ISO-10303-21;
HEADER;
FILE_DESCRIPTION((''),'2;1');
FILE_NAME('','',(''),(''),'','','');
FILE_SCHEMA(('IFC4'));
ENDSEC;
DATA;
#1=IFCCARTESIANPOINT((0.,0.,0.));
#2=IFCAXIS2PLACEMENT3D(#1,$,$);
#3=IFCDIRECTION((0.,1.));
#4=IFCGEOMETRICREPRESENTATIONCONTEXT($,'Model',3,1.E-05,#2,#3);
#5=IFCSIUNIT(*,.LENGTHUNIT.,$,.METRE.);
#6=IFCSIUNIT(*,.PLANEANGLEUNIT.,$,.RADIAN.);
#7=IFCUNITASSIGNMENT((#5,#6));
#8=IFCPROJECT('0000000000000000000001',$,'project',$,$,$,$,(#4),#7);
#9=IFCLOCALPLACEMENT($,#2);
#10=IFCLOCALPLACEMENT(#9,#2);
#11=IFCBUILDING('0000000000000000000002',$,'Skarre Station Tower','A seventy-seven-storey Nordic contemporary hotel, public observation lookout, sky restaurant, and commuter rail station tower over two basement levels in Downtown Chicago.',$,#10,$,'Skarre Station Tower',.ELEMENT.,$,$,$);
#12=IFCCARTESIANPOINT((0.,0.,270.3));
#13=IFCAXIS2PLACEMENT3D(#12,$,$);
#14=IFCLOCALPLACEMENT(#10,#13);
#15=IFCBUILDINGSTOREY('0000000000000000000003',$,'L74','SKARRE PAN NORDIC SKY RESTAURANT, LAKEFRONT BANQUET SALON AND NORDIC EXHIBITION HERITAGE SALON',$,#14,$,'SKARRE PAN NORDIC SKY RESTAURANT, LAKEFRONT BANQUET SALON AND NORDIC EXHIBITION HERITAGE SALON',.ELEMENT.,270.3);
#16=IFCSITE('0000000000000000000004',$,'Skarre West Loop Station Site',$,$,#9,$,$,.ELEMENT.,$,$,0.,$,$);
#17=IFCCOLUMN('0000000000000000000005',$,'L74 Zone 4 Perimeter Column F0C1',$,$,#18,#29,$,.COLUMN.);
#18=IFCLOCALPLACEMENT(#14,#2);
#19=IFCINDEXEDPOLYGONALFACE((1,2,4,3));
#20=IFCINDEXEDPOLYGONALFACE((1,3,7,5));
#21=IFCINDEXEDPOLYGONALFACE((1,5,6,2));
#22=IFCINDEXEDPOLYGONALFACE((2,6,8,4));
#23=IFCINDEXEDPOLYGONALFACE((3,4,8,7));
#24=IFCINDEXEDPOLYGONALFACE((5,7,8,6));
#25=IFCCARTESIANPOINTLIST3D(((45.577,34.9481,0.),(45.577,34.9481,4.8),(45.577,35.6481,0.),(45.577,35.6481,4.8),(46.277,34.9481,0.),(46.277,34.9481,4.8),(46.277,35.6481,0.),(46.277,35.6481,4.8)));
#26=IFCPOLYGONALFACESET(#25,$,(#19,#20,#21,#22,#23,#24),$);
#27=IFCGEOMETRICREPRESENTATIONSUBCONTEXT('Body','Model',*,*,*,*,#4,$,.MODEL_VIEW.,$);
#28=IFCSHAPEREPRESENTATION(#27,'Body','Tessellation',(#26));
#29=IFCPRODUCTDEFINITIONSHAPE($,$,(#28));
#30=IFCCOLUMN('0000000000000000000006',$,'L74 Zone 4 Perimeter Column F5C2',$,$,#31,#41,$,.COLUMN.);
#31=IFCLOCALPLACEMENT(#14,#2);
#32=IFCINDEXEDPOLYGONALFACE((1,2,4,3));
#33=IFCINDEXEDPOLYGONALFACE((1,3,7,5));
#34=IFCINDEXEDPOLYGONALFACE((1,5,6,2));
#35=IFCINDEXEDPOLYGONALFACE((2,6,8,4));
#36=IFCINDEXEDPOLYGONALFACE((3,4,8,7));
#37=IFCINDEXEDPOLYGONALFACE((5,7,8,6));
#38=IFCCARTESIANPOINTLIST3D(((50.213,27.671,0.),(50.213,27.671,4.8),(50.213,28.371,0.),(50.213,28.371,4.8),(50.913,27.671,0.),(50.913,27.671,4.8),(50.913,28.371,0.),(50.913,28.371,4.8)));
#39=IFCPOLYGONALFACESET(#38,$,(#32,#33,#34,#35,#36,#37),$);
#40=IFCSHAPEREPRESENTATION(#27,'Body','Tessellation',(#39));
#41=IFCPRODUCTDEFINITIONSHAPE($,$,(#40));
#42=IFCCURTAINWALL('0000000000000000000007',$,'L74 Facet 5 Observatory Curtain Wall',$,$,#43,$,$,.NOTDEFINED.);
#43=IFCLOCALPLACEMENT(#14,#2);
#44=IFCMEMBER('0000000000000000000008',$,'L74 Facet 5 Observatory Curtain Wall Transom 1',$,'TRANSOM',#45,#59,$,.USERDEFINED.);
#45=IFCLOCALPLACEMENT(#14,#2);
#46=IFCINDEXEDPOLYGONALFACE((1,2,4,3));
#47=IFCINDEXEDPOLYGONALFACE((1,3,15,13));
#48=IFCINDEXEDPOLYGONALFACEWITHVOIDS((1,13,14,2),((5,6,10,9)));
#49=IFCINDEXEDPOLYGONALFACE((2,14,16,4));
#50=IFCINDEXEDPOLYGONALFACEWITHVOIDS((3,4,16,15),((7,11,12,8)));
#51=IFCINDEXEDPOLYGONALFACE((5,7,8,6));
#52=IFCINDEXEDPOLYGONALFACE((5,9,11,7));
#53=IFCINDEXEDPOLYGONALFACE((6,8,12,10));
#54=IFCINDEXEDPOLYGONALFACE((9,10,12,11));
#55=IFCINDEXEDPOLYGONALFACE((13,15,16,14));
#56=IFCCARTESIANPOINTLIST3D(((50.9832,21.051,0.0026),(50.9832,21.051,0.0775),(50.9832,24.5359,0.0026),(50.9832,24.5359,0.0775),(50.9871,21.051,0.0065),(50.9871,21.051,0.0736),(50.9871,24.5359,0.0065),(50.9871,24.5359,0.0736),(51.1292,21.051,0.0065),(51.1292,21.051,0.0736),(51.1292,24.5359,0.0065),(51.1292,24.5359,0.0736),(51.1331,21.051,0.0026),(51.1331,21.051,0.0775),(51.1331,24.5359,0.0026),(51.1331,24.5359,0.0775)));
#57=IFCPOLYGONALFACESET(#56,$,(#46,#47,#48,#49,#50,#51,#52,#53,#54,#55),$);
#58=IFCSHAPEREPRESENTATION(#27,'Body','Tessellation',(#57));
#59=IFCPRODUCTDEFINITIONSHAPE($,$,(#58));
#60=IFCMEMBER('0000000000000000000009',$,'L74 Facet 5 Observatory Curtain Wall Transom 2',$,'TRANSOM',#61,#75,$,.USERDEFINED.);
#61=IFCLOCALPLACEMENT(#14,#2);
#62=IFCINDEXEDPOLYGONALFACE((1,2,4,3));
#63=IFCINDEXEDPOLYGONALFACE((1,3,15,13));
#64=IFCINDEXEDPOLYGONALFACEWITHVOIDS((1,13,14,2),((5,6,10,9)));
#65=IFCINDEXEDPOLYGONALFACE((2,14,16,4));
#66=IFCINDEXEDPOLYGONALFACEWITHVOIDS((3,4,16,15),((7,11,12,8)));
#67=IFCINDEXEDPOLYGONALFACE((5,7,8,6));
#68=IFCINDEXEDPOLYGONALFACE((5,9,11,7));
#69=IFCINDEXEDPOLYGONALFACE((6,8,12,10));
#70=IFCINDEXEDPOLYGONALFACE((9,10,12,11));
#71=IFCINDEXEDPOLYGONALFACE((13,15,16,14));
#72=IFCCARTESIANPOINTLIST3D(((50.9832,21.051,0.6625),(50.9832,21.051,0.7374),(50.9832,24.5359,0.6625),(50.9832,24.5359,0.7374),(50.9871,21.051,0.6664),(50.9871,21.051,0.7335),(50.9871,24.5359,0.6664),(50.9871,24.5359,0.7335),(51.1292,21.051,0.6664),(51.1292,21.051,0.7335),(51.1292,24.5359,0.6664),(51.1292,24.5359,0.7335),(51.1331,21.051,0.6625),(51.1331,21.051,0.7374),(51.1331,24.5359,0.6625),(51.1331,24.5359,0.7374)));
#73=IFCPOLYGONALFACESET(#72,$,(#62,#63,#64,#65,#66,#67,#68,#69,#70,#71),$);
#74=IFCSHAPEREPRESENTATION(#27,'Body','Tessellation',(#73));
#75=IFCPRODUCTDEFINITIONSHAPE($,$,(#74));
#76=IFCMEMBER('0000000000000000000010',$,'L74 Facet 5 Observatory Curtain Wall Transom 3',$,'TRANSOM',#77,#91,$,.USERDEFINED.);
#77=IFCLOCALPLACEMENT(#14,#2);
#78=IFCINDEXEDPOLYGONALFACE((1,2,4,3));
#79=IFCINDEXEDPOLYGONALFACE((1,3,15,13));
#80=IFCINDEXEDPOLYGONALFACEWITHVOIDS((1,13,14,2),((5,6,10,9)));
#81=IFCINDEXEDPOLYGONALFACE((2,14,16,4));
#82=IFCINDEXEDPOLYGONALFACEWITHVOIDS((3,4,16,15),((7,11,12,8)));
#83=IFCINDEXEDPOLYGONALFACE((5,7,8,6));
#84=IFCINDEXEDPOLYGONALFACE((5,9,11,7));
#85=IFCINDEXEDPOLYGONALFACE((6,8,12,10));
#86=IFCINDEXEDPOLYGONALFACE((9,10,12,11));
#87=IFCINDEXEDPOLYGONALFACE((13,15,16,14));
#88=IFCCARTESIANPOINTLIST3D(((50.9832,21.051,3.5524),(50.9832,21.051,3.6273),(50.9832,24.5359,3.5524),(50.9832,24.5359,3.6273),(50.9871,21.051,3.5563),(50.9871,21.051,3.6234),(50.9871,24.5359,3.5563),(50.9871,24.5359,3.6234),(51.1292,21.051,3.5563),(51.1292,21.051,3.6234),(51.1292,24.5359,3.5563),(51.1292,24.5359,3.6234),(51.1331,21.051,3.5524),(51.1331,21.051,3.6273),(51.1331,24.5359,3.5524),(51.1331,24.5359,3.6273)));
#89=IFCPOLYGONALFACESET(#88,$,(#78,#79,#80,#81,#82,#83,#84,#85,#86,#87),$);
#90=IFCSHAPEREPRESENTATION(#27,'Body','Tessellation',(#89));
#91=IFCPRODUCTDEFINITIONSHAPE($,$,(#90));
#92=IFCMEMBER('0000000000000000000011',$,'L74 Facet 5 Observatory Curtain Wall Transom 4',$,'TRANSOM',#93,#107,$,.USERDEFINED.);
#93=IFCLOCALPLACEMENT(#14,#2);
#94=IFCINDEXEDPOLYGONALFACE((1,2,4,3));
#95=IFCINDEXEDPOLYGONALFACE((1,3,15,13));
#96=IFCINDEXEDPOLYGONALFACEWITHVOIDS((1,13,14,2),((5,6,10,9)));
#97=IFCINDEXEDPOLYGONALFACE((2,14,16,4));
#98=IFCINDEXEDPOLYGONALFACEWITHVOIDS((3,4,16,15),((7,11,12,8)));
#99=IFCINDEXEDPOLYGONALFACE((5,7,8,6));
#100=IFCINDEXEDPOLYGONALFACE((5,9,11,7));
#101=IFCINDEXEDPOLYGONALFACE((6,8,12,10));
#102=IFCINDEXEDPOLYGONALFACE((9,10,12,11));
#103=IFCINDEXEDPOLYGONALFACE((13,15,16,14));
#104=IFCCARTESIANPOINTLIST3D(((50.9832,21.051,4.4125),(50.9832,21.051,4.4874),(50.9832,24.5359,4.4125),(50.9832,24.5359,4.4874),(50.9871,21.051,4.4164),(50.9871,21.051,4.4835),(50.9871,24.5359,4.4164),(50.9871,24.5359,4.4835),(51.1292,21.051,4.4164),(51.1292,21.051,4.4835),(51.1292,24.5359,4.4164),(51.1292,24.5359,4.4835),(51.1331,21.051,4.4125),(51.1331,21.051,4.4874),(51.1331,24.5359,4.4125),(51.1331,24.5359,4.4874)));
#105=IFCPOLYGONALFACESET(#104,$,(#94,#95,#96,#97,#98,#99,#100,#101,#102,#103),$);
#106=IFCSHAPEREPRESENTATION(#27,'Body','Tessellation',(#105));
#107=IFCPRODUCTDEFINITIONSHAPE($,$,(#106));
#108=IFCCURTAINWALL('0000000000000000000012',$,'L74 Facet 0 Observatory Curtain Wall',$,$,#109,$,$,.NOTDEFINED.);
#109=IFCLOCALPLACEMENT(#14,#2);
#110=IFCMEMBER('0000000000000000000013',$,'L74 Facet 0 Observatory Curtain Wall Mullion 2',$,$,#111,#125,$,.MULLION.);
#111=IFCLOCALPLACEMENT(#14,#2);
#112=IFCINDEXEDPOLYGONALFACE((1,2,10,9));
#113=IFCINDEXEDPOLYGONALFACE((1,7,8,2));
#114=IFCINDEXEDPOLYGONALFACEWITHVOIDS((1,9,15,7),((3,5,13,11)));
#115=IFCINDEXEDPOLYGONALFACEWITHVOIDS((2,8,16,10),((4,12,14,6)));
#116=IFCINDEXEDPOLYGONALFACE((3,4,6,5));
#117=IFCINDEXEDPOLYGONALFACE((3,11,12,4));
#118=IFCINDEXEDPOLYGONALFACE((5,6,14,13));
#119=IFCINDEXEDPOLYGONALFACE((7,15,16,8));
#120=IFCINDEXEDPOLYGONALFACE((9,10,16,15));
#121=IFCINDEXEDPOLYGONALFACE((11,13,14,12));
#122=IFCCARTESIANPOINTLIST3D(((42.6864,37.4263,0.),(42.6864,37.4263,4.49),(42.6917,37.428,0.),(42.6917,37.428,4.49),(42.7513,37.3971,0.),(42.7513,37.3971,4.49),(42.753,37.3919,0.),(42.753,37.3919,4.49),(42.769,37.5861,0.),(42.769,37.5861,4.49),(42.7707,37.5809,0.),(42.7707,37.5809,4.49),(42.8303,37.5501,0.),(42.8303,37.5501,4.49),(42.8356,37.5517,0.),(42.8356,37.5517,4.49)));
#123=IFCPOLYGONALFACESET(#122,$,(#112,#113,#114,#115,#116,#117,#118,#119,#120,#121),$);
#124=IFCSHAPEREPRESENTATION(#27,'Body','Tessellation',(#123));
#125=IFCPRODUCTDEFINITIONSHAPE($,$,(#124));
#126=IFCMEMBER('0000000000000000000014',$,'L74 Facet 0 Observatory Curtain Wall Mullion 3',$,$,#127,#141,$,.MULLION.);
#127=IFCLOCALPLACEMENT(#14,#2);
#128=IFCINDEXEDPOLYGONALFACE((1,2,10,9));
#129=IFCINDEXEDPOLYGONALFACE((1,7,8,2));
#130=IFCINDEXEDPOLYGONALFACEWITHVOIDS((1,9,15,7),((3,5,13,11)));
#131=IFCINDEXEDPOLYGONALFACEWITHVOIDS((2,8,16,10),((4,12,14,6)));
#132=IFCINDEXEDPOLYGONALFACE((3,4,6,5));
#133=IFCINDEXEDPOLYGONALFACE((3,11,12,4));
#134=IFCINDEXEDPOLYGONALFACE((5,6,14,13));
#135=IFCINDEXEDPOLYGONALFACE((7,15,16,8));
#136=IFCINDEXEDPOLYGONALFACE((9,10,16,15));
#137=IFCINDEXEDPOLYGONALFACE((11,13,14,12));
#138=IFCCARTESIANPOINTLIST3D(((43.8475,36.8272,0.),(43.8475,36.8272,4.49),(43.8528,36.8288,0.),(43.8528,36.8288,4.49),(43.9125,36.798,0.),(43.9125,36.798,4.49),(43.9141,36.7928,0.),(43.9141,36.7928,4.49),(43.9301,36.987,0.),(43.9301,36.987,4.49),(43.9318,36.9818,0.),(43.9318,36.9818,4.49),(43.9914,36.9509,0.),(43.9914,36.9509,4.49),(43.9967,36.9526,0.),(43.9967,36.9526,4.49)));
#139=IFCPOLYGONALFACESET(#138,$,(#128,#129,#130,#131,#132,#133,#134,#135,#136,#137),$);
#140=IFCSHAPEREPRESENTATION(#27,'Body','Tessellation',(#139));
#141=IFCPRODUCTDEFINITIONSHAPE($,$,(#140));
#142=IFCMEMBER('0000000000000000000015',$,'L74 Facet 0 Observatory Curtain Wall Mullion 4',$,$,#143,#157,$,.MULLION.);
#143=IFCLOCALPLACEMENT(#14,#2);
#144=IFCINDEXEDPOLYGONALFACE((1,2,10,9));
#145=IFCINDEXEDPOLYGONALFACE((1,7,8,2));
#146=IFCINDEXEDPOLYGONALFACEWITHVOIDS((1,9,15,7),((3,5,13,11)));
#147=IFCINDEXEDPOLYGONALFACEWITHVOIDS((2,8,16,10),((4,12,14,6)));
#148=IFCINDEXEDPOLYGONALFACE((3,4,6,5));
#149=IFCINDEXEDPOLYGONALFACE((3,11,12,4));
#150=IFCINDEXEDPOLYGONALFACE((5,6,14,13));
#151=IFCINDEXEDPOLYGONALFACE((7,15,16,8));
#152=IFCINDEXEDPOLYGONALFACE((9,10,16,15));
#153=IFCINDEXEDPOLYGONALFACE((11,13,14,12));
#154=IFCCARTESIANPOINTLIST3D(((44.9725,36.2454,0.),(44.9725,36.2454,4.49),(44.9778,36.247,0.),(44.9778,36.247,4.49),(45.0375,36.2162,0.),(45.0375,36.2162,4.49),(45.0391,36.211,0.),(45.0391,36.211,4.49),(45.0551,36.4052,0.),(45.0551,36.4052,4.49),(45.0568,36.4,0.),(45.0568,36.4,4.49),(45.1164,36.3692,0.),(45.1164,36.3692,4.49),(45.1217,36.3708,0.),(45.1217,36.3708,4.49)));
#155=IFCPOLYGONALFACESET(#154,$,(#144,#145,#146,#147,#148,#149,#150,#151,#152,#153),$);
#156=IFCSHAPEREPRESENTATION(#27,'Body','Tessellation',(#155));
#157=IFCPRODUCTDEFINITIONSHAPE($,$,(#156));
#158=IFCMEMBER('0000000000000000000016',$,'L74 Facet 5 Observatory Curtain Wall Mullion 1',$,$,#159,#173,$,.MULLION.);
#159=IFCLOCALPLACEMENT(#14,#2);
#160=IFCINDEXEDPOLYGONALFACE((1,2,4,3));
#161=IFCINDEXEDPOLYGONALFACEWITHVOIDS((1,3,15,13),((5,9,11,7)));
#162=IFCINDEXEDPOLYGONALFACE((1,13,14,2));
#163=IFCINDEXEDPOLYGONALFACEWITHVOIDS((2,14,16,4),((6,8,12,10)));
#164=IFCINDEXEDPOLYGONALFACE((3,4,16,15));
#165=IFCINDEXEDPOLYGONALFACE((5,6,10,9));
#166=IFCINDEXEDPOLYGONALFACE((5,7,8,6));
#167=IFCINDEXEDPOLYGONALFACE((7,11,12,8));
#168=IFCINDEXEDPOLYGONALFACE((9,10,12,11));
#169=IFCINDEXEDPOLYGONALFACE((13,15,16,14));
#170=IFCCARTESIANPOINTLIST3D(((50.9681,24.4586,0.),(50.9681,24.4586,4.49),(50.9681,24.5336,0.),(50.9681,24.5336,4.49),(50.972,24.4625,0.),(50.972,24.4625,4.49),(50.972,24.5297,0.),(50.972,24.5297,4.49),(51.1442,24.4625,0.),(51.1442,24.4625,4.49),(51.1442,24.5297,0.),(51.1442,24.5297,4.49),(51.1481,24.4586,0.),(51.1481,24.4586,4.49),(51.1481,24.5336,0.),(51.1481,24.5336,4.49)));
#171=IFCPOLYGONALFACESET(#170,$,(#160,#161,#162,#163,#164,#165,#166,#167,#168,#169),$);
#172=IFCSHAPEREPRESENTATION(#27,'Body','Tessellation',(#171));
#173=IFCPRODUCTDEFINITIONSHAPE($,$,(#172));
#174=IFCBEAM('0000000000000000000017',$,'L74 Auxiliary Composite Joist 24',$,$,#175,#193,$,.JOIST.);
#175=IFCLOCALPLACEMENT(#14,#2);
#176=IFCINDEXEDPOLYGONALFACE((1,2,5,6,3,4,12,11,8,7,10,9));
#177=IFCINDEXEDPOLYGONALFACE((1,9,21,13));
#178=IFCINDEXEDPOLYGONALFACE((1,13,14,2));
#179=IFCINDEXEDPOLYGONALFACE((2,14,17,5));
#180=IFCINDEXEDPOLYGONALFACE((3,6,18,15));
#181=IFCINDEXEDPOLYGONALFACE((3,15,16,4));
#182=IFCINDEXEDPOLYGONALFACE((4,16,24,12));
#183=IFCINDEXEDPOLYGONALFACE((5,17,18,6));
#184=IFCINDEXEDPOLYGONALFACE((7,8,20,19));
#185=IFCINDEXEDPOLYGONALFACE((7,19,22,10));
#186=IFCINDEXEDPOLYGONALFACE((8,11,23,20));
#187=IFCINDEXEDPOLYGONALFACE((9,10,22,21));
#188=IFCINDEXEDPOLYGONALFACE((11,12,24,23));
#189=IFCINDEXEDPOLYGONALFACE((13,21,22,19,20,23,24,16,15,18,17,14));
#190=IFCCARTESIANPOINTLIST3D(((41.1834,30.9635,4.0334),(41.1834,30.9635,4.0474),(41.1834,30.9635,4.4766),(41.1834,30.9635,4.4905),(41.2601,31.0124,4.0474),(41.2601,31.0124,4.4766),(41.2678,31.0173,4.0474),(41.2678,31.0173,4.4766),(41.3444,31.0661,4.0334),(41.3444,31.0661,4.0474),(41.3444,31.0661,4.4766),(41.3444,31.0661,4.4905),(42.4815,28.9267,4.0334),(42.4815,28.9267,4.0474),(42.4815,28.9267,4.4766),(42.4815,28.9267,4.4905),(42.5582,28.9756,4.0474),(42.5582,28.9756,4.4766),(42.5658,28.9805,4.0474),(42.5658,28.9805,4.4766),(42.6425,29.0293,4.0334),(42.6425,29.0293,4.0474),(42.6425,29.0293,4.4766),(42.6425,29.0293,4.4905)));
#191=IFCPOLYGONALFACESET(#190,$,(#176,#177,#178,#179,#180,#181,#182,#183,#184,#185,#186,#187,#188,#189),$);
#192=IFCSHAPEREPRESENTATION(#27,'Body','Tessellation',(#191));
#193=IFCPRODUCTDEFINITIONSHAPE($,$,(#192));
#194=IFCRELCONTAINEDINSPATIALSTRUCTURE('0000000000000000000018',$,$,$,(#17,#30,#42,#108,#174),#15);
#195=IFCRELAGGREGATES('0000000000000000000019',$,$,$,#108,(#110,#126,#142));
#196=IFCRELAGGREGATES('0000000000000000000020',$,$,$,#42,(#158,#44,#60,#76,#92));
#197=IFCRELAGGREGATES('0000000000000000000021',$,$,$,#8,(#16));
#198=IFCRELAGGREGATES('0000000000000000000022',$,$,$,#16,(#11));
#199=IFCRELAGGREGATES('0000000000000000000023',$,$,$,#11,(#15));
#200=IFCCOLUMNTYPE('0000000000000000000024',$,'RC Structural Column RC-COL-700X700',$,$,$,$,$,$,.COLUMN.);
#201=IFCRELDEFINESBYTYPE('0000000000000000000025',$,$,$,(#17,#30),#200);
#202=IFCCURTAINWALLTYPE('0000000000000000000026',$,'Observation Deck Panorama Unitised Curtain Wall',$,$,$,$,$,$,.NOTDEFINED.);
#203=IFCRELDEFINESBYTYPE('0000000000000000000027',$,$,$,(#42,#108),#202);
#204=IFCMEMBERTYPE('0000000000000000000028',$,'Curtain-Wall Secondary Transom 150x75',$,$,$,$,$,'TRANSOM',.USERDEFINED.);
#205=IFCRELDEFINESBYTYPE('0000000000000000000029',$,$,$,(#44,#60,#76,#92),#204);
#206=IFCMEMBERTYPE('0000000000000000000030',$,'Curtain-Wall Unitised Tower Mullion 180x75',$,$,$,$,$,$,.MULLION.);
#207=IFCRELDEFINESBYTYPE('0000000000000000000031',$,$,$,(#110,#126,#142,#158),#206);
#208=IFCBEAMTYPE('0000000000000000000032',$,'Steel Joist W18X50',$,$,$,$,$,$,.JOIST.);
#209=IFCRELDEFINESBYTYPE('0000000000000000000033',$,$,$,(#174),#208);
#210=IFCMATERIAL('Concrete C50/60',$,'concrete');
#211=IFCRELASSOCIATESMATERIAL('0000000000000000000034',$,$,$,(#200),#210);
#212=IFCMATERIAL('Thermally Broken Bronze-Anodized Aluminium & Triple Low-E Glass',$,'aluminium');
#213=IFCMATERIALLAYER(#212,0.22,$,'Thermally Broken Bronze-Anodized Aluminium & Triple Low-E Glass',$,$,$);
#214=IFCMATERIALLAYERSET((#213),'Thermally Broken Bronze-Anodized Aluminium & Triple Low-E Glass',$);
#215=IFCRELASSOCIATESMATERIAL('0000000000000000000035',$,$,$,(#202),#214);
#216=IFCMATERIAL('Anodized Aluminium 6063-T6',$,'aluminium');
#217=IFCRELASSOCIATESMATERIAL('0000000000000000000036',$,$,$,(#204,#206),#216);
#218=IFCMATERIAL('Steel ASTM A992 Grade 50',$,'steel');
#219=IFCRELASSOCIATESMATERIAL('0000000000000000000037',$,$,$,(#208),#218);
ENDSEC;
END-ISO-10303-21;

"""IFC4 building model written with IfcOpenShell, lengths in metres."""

from ifc_helpers import new_model, si_unit, direction, frame, origin, origin_2d, place, context, subcontext, project, spatial, rectangle, hollow_rectangle, i_section, extrude, material, layer, layer_set, material_profile, profile_set, type_object, element, aggregate, save


model = new_model("IFC4")

# Units and contexts
model_context = context("Model", 3, precision=1e-05, world=origin(), true_north=direction((0.0, 1.0)))
body_context = subcontext(model_context, "Body", "Model", "MODEL_VIEW")
ifc_project = project(units=[si_unit("LENGTHUNIT", "METRE"), si_unit("PLANEANGLEUNIT", "RADIAN")], contexts=[model_context])

# Site, building, storey
site_placement = place(None, origin())
site = spatial("IfcSite", under=ifc_project, at=site_placement, Name="Skarre West Loop Station Site", CompositionType="ELEMENT", RefElevation=0.0)
building_placement = place(site_placement, origin())
building = spatial("IfcBuilding", under=site, at=building_placement, Name="Skarre Station Tower", Description="A seventy-seven-storey Nordic contemporary hotel, public observation lookout, sky restaurant, and commuter rail station tower over two basement levels in Downtown Chicago.", LongName="Skarre Station Tower", CompositionType="ELEMENT")
storey_placement = place(building_placement, frame((0.0, 0.0, 270.3)))
storey = spatial("IfcBuildingStorey", under=building, at=storey_placement, Name="L74", Description="SKARRE PAN NORDIC SKY RESTAURANT, LAKEFRONT BANQUET SALON AND NORDIC EXHIBITION HERITAGE SALON", LongName="SKARRE PAN NORDIC SKY RESTAURANT, LAKEFRONT BANQUET SALON AND NORDIC EXHIBITION HERITAGE SALON", CompositionType="ELEMENT", Elevation=270.3)

# Columns
ifc_material_1 = material(Name="Concrete C50/60", Category="concrete")
ifc_material_profile_1 = material_profile(ifc_material_1, rectangle(XDim=0.7, YDim=0.7, at=origin_2d()), Name="Concrete C50/60")
ifc_profile_set_1 = profile_set([ifc_material_profile_1], Name="Concrete C50/60")
column_type = type_object("IfcColumnType", Name="RC Structural Column RC-COL-700X700", PredefinedType="COLUMN", material=ifc_profile_set_1)
for number, where, z_axis, x_axis, name in (
    (1, (45.927, 35.2981, 0.0), (0.0, 0.0, 1.0), (1.0, 0.0, 0.0), "L74 Zone 4 Perimeter Column F0C1"),
    (2, (50.563, 28.021, 0.0), (0.0, 0.0, 1.0), (1.0, 0.0, 0.0), "L74 Zone 4 Perimeter Column F5C2"),
):
    element("IfcColumn", number, at=place(storey_placement, frame(where, z_axis=z_axis, x_axis=x_axis)), inside=storey, type_object=column_type, Name=name, PredefinedType="COLUMN", context=body_context, shape_type="SweptSolid", body=[
        extrude(rectangle(XDim=0.7, YDim=0.7, at=origin_2d()), origin(), (0.0, 0.0, 1.0), 4.8),
    ])

# Curtain walls, members
ifc_material_2 = material(Name="Thermally Broken Bronze-Anodized Aluminium & Triple Low-E Glass", Category="aluminium")
ifc_layer_1 = layer(ifc_material_2, 0.22, Name="Thermally Broken Bronze-Anodized Aluminium & Triple Low-E Glass")
ifc_layer_set_1 = layer_set([ifc_layer_1], Name="Thermally Broken Bronze-Anodized Aluminium & Triple Low-E Glass")
curtain_wall_type = type_object("IfcCurtainWallType", Name="Observation Deck Panorama Unitised Curtain Wall", PredefinedType="NOTDEFINED", material=ifc_layer_set_1)
curtain_wall_1_placement = place(storey_placement, origin())
curtain_wall_1 = element("IfcCurtainWall", 3, at=curtain_wall_1_placement, inside=storey, type_object=curtain_wall_type, Name="L74 Facet 5 Observatory Curtain Wall", PredefinedType="NOTDEFINED")
ifc_material_3 = material(Name="Anodized Aluminium 6063-T6", Category="aluminium")
ifc_material_profile_2 = material_profile(ifc_material_3, hollow_rectangle(XDim=0.075, YDim=0.1499, WallThickness=0.0039, at=origin_2d()), Name="Anodized Aluminium 6063-T6")
ifc_profile_set_2 = profile_set([ifc_material_profile_2], Name="Anodized Aluminium 6063-T6")
member_type_1 = type_object("IfcMemberType", Name="Curtain-Wall Secondary Transom 150x75", ElementType="TRANSOM", PredefinedType="USERDEFINED", material=ifc_profile_set_2)
member_1_placement = place(storey_placement, frame((51.0581, 24.5359, 0.04), z_axis=(0.0, -1.0, 0.0), x_axis=(0.0, 0.0, 1.0)))
member_1 = element("IfcMember", 4, at=member_1_placement, type_object=member_type_1, Name="L74 Facet 5 Observatory Curtain Wall Transom 1", ObjectType="TRANSOM", PredefinedType="USERDEFINED", context=body_context, shape_type="SweptSolid", body=[
    extrude(hollow_rectangle(XDim=0.075, YDim=0.1499, WallThickness=0.0039, at=origin_2d()), origin(), (0.0, 0.0, 1.0), 3.4849),
])
member_2_placement = place(storey_placement, frame((51.0581, 24.5359, 0.7), z_axis=(0.0, -1.0, 0.0), x_axis=(0.0, 0.0, 1.0)))
member_2 = element("IfcMember", 5, at=member_2_placement, type_object=member_type_1, Name="L74 Facet 5 Observatory Curtain Wall Transom 2", ObjectType="TRANSOM", PredefinedType="USERDEFINED", context=body_context, shape_type="SweptSolid", body=[
    extrude(hollow_rectangle(XDim=0.075, YDim=0.1499, WallThickness=0.0039, at=origin_2d()), origin(), (0.0, 0.0, 1.0), 3.4849),
])
member_3_placement = place(storey_placement, frame((51.0581, 24.5359, 3.5898), z_axis=(0.0, -1.0, 0.0), x_axis=(0.0, 0.0, 1.0)))
member_3 = element("IfcMember", 6, at=member_3_placement, type_object=member_type_1, Name="L74 Facet 5 Observatory Curtain Wall Transom 3", ObjectType="TRANSOM", PredefinedType="USERDEFINED", context=body_context, shape_type="SweptSolid", body=[
    extrude(hollow_rectangle(XDim=0.075, YDim=0.1499, WallThickness=0.0039, at=origin_2d()), origin(), (0.0, 0.0, 1.0), 3.4849),
])
member_4_placement = place(storey_placement, frame((51.0581, 24.5359, 4.45), z_axis=(0.0, -1.0, 0.0), x_axis=(0.0, 0.0, 1.0)))
member_4 = element("IfcMember", 7, at=member_4_placement, type_object=member_type_1, Name="L74 Facet 5 Observatory Curtain Wall Transom 4", ObjectType="TRANSOM", PredefinedType="USERDEFINED", context=body_context, shape_type="SweptSolid", body=[
    extrude(hollow_rectangle(XDim=0.075, YDim=0.1499, WallThickness=0.0039, at=origin_2d()), origin(), (0.0, 0.0, 1.0), 3.4849),
])
curtain_wall_2_placement = place(storey_placement, origin())
curtain_wall_2 = element("IfcCurtainWall", 8, at=curtain_wall_2_placement, inside=storey, type_object=curtain_wall_type, Name="L74 Facet 0 Observatory Curtain Wall", PredefinedType="NOTDEFINED")
ifc_material_profile_3 = material_profile(ifc_material_3, hollow_rectangle(XDim=0.075, YDim=0.1799, WallThickness=0.0039, at=origin_2d()), Name="Anodized Aluminium 6063-T6")
ifc_profile_set_3 = profile_set([ifc_material_profile_3], Name="Anodized Aluminium 6063-T6")
member_type_2 = type_object("IfcMemberType", Name="Curtain-Wall Unitised Tower Mullion 180x75", PredefinedType="MULLION", material=ifc_profile_set_3)
member_5_placement = place(storey_placement, frame((42.761, 37.489, 0.0), z_axis=(0.0, 0.0, 1.0), x_axis=(0.888481, -0.458913, 0.0)))
member_5 = element("IfcMember", 9, at=member_5_placement, type_object=member_type_2, Name="L74 Facet 0 Observatory Curtain Wall Mullion 2", PredefinedType="MULLION", context=body_context, shape_type="SweptSolid", body=[
    extrude(hollow_rectangle(XDim=0.075, YDim=0.1799, WallThickness=0.0039, at=origin_2d()), origin(), (0.0, 0.0, 1.0), 4.49),
])
member_6_placement = place(storey_placement, frame((43.9221, 36.8899, 0.0), z_axis=(0.0, 0.0, 1.0), x_axis=(0.888481, -0.458913, 0.0)))
member_6 = element("IfcMember", 10, at=member_6_placement, type_object=member_type_2, Name="L74 Facet 0 Observatory Curtain Wall Mullion 3", PredefinedType="MULLION", context=body_context, shape_type="SweptSolid", body=[
    extrude(hollow_rectangle(XDim=0.075, YDim=0.1799, WallThickness=0.0039, at=origin_2d()), origin(), (0.0, 0.0, 1.0), 4.49),
])
member_7_placement = place(storey_placement, frame((45.0471, 36.3081, 0.0), z_axis=(0.0, 0.0, 1.0), x_axis=(0.888481, -0.458913, 0.0)))
member_7 = element("IfcMember", 11, at=member_7_placement, type_object=member_type_2, Name="L74 Facet 0 Observatory Curtain Wall Mullion 4", PredefinedType="MULLION", context=body_context, shape_type="SweptSolid", body=[
    extrude(hollow_rectangle(XDim=0.075, YDim=0.1799, WallThickness=0.0039, at=origin_2d()), origin(), (0.0, 0.0, 1.0), 4.49),
])

# Member
member_8_placement = place(storey_placement, frame((51.0581, 24.4961, 0.0), z_axis=(0.0, 0.0, 1.0), x_axis=(0.0, -1.0, 0.0)))
member_8 = element("IfcMember", 12, at=member_8_placement, type_object=member_type_2, Name="L74 Facet 5 Observatory Curtain Wall Mullion 1", PredefinedType="MULLION", context=body_context, shape_type="SweptSolid", body=[
    extrude(hollow_rectangle(XDim=0.075, YDim=0.1799, WallThickness=0.0039, at=origin_2d()), origin(), (0.0, 0.0, 1.0), 4.49),
])

# Beam
ifc_material_4 = material(Name="Steel ASTM A992 Grade 50", Category="steel")
ifc_material_profile_4 = material_profile(ifc_material_4, i_section(OverallWidth=0.1909, OverallDepth=0.457, WebThickness=0.009, FlangeThickness=0.0139, at=origin_2d()), Name="Steel ASTM A992 Grade 50")
ifc_profile_set_4 = profile_set([ifc_material_profile_4], Name="Steel ASTM A992 Grade 50")
beam_type_1 = type_object("IfcBeamType", Name="Steel Joist W18X50", PredefinedType="JOIST", material=ifc_profile_set_4)
beam_1_placement = place(storey_placement, frame((42.562, 28.978, 4.262), z_axis=(-0.537438, 0.843303, 0.0), x_axis=(-0.843303, -0.537438, 0.0)))
element("IfcBeam", 13, at=beam_1_placement, inside=storey, type_object=beam_type_1, Name="L74 Auxiliary Composite Joist 24", PredefinedType="JOIST", context=body_context, shape_type="SweptSolid", body=[
    extrude(i_section(OverallWidth=0.1909, OverallDepth=0.457, WebThickness=0.009, FlangeThickness=0.0139, at=origin_2d()), origin(), (0.0, 0.0, 1.0), 2.4153),
])

aggregate(curtain_wall_2, [member_5, member_6, member_7])
aggregate(curtain_wall_1, [member_8, member_1, member_2, member_3, member_4])

save(model, "model.ifc")
